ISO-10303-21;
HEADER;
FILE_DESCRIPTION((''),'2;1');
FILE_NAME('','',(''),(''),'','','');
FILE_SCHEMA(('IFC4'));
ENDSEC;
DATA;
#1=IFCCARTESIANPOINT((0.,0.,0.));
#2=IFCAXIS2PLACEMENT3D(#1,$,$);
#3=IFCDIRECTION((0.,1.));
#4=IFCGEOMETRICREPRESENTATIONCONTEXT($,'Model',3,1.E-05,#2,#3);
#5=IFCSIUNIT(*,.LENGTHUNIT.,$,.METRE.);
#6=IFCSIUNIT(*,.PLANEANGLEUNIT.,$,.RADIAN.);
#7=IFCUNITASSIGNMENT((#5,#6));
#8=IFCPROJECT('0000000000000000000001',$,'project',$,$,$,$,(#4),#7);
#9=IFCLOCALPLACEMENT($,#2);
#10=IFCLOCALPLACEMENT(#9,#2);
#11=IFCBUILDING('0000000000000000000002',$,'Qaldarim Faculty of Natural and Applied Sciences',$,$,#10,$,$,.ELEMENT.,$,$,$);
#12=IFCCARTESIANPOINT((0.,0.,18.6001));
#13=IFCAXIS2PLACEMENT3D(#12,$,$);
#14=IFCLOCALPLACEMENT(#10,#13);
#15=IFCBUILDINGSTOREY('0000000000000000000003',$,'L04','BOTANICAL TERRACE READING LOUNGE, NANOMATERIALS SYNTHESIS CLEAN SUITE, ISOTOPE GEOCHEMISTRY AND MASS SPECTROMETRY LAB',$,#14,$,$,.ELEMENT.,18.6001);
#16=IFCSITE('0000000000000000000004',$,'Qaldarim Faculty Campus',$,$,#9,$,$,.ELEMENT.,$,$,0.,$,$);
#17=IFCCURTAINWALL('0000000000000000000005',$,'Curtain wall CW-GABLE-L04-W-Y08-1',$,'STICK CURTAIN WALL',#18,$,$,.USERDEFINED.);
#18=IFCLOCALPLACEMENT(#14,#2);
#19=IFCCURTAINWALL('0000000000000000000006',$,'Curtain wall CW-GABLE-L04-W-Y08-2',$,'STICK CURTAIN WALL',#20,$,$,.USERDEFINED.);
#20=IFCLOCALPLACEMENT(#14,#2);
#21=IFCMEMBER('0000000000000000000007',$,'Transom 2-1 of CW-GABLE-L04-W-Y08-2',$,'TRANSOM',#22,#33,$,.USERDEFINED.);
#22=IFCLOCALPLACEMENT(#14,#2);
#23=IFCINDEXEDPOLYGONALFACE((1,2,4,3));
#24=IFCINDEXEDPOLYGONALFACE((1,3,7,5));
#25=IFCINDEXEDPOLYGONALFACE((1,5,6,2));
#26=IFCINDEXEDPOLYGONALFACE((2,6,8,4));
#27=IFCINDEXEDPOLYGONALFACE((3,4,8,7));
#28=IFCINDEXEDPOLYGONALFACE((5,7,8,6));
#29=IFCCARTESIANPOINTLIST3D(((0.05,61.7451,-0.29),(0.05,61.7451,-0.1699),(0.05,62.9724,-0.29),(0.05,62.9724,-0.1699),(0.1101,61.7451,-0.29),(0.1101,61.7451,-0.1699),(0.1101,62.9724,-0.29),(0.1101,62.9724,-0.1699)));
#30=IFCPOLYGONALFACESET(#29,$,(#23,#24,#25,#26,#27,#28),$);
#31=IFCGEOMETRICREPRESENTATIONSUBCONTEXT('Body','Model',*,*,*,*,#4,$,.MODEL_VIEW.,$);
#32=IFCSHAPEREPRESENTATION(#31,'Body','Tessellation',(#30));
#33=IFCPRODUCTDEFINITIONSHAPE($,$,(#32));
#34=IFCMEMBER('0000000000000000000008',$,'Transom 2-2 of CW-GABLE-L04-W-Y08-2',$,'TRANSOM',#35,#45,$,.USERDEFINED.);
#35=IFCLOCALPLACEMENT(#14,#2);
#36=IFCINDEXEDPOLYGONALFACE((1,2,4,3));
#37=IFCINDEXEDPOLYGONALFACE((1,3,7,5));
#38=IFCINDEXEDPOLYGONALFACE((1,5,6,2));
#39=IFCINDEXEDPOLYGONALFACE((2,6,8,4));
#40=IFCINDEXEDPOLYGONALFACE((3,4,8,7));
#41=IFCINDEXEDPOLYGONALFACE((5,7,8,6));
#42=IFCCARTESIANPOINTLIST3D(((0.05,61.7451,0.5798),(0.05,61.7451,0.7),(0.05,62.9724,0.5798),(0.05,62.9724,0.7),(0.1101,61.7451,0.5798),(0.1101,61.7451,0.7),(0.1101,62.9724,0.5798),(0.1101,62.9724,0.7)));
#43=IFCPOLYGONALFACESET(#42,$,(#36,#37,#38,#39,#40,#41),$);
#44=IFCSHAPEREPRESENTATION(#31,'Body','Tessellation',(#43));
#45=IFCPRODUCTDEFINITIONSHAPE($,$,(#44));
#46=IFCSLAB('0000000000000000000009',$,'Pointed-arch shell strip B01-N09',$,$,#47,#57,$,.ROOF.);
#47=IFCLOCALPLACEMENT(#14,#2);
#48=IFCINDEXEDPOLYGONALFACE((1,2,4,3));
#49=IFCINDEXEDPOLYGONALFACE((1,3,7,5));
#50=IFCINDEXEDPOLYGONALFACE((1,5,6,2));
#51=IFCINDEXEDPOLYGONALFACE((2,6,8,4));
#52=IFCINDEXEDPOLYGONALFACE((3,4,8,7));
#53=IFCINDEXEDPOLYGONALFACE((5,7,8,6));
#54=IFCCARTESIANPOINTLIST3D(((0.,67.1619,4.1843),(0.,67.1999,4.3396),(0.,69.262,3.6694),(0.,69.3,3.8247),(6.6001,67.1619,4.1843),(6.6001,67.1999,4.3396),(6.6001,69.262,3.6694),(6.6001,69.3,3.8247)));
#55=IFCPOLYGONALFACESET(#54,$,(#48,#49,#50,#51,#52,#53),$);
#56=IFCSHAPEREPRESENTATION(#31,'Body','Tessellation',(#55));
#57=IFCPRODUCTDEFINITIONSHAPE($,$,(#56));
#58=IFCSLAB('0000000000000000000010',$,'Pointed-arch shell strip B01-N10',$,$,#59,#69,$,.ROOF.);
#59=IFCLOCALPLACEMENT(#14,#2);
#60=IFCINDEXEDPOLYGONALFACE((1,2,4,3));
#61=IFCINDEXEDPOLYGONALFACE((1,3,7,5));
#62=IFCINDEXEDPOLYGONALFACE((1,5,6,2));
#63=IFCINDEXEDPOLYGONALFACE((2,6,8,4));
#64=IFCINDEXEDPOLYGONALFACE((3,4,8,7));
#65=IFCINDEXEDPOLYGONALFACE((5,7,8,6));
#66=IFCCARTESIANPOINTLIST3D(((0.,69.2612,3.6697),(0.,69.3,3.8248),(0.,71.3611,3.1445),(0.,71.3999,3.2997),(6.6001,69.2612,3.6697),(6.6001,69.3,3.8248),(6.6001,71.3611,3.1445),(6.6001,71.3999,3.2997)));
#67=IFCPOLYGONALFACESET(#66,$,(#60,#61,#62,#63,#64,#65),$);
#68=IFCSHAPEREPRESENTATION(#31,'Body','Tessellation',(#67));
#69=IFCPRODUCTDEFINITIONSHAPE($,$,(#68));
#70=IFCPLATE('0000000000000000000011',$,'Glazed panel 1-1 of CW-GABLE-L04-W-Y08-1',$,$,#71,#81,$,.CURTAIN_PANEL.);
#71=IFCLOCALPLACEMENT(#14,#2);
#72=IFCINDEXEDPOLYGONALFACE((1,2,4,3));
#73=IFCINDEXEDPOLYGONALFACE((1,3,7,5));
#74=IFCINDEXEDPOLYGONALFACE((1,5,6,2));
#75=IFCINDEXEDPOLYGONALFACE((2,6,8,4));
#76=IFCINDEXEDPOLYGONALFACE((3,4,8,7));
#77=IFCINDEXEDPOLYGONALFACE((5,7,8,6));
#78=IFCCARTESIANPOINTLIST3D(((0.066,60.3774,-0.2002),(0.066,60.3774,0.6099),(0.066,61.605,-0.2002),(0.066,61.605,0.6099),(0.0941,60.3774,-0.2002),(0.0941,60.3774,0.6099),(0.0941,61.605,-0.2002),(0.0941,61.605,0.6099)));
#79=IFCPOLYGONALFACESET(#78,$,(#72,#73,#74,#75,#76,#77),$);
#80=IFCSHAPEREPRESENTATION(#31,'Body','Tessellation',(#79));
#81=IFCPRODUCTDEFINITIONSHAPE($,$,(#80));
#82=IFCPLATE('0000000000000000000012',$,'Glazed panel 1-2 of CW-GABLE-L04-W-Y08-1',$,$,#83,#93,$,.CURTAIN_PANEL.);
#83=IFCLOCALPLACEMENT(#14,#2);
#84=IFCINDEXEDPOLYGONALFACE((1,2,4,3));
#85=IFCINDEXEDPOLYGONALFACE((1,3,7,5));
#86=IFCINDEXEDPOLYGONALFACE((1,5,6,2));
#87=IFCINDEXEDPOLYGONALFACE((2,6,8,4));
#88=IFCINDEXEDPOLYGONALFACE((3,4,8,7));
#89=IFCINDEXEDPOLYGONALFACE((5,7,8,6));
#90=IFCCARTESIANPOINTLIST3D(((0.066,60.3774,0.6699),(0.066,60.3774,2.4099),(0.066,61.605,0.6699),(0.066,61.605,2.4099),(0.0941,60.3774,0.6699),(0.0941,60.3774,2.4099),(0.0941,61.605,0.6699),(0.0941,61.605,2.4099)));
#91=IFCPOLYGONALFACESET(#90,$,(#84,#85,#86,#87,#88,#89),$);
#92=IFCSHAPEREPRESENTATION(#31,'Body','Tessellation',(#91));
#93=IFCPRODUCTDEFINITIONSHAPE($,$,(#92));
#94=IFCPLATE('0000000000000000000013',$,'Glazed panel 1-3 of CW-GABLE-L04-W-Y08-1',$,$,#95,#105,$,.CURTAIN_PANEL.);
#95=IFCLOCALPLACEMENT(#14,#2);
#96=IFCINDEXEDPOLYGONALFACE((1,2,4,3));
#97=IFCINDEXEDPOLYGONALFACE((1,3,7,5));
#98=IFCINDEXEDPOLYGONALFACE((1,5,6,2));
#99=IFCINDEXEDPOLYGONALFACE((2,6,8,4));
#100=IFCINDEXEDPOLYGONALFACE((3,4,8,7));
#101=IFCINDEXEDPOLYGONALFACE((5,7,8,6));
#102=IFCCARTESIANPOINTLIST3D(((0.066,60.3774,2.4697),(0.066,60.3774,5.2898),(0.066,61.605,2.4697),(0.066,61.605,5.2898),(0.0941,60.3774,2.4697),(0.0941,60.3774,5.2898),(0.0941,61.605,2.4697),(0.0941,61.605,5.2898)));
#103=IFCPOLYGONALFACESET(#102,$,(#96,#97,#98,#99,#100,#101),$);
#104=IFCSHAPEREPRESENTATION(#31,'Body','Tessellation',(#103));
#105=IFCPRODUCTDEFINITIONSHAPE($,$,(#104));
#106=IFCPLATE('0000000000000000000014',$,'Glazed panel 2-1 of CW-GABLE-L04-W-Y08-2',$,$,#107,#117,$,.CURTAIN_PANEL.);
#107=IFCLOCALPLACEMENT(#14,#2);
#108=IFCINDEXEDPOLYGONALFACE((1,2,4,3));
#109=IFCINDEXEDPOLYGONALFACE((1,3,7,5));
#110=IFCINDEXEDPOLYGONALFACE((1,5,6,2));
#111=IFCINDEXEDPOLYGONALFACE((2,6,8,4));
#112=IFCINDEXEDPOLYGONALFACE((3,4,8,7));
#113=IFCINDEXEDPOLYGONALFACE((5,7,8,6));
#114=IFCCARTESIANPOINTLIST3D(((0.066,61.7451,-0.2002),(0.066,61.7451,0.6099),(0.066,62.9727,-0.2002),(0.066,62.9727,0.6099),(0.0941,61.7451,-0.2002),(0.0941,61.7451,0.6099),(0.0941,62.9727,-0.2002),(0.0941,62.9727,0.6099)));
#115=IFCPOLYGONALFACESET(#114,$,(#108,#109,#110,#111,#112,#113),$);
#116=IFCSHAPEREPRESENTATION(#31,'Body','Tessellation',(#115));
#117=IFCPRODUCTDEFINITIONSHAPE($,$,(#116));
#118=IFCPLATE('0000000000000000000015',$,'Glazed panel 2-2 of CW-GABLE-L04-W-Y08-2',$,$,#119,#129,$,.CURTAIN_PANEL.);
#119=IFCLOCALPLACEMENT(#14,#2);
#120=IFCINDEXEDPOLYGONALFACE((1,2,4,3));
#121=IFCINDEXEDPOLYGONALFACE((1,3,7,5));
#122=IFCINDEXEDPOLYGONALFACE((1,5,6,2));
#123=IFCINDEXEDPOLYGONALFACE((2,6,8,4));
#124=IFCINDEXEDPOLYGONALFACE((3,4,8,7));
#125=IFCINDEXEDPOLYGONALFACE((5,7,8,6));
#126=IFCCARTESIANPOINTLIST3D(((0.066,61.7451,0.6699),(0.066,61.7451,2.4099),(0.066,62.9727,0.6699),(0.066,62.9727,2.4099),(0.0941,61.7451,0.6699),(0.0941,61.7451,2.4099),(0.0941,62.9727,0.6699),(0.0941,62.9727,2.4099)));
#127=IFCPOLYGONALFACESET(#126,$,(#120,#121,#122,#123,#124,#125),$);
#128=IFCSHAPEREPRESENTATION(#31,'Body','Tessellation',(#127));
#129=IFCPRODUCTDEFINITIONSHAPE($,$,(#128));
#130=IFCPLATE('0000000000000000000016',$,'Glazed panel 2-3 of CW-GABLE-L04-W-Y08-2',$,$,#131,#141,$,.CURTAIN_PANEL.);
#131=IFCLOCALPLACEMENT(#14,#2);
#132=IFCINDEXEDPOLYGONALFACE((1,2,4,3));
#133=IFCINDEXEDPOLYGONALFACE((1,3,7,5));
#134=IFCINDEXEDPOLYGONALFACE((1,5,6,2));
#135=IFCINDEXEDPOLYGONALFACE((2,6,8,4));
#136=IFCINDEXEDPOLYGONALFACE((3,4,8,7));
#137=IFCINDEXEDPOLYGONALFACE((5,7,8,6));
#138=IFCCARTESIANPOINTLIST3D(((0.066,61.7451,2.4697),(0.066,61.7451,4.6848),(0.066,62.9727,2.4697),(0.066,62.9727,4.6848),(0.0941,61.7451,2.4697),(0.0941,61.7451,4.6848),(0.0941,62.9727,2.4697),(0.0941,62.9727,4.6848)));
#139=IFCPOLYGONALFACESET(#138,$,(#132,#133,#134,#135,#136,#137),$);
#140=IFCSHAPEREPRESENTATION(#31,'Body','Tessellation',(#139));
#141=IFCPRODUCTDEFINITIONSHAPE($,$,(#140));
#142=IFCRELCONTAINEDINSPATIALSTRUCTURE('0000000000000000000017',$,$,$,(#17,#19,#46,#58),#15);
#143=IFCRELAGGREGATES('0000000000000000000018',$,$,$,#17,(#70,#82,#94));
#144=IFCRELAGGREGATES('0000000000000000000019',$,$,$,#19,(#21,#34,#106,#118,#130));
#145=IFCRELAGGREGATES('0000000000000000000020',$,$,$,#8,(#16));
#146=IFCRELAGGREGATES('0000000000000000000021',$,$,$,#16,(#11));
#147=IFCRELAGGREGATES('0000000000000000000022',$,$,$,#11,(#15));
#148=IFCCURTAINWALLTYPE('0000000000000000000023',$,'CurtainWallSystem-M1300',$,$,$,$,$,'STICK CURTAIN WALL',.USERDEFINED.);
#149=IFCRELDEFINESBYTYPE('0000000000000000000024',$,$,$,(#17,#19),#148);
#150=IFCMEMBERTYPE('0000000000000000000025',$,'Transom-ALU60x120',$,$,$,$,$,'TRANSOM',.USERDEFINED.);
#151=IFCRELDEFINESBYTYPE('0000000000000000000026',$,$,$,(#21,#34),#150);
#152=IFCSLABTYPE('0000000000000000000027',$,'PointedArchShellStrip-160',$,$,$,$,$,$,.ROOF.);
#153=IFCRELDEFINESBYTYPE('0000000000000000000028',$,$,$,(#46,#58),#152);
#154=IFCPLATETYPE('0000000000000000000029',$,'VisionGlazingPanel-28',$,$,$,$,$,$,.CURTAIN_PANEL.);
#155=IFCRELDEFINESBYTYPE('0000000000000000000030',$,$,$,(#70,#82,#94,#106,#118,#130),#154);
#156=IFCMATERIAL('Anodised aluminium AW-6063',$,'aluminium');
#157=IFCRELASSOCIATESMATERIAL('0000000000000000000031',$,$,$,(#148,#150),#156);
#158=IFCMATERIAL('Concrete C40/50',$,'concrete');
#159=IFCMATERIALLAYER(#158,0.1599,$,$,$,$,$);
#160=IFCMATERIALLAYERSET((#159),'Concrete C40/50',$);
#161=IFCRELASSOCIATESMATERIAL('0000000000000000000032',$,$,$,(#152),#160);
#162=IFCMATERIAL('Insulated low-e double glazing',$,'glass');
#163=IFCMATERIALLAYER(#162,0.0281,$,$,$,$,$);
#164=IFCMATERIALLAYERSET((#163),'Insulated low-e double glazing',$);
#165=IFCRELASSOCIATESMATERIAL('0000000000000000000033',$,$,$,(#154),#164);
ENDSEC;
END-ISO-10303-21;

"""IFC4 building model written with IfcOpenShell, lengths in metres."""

from ifc_helpers import new_model, si_unit, direction, frame, origin, origin_2d, place, context, subcontext, project, spatial, polyline, rectangle, outline, extrude, material, layer, layer_set, material_profile, profile_set, type_object, element, aggregate, save


model = new_model("IFC4")

# Units and contexts
model_context = context("Model", 3, precision=1e-05, world=origin(), true_north=direction((0.0, 1.0)))
body_context = subcontext(model_context, "Body", "Model", "MODEL_VIEW")
ifc_project = project(units=[si_unit("LENGTHUNIT", "METRE"), si_unit("PLANEANGLEUNIT", "RADIAN")], contexts=[model_context])

# Site, building, storey
site_placement = place(None, origin())
site = spatial("IfcSite", under=ifc_project, at=site_placement, Name="Qaldarim Faculty Campus", CompositionType="ELEMENT", RefElevation=0.0)
building_placement = place(site_placement, origin())
building = spatial("IfcBuilding", under=site, at=building_placement, Name="Qaldarim Faculty of Natural and Applied Sciences", CompositionType="ELEMENT")
storey_placement = place(building_placement, frame((0.0, 0.0, 18.6001)))
storey = spatial("IfcBuildingStorey", under=building, at=storey_placement, Name="L04", Description="BOTANICAL TERRACE READING LOUNGE, NANOMATERIALS SYNTHESIS CLEAN SUITE, ISOTOPE GEOCHEMISTRY AND MASS SPECTROMETRY LAB", CompositionType="ELEMENT", Elevation=18.6001)

# Shared definitions
ifc_material_1 = material(Name="Concrete C40/50", Category="concrete")

# Curtain wall
ifc_material_2 = material(Name="Anodised aluminium AW-6063", Category="aluminium")
curtain_wall_type = type_object("IfcCurtainWallType", Name="CurtainWallSystem-M1300", ElementType="STICK CURTAIN WALL", PredefinedType="USERDEFINED", material=ifc_material_2)
curtain_wall_1_placement = place(storey_placement, origin())
curtain_wall_1 = element("IfcCurtainWall", 1, at=curtain_wall_1_placement, inside=storey, type_object=curtain_wall_type, Name="Curtain wall CW-GABLE-L04-W-Y08-1", ObjectType="STICK CURTAIN WALL", PredefinedType="USERDEFINED")

# Curtain wall
curtain_wall_2_placement = place(storey_placement, origin())
curtain_wall_2 = element("IfcCurtainWall", 2, at=curtain_wall_2_placement, inside=storey, type_object=curtain_wall_type, Name="Curtain wall CW-GABLE-L04-W-Y08-2", ObjectType="STICK CURTAIN WALL", PredefinedType="USERDEFINED")

# Members
ifc_material_profile_1 = material_profile(ifc_material_2, rectangle(XDim=0.0601, YDim=0.1201, at=origin_2d()), Name="ALU-T60x120")
ifc_profile_set_1 = profile_set([ifc_material_profile_1], Name="Anodised aluminium AW-6063")
member_type_1 = type_object("IfcMemberType", Name="Transom-ALU60x120", ElementType="TRANSOM", PredefinedType="USERDEFINED", material=ifc_profile_set_1)
member_1_placement = place(storey_placement, frame((0.0801, 62.9724, -0.23), z_axis=(0.0, -1.0, 0.0), x_axis=(1.0, 0.0, 0.0)))
member_1 = element("IfcMember", 3, at=member_1_placement, type_object=member_type_1, Name="Transom 2-1 of CW-GABLE-L04-W-Y08-2", ObjectType="TRANSOM", PredefinedType="USERDEFINED", context=body_context, shape_type="SweptSolid", body=[
    extrude(rectangle(XDim=0.0601, YDim=0.1201, at=origin_2d()), origin(), (0.0, 0.0, 1.0), 1.2273),
])
member_2_placement = place(storey_placement, frame((0.0801, 62.9724, 0.6399), z_axis=(0.0, -1.0, 0.0), x_axis=(1.0, 0.0, 0.0)))
member_2 = element("IfcMember", 4, at=member_2_placement, type_object=member_type_1, Name="Transom 2-2 of CW-GABLE-L04-W-Y08-2", ObjectType="TRANSOM", PredefinedType="USERDEFINED", context=body_context, shape_type="SweptSolid", body=[
    extrude(rectangle(XDim=0.0601, YDim=0.1201, at=origin_2d()), origin(), (0.0, 0.0, 1.0), 1.2273),
])

# Slabs
ifc_layer_1 = layer(ifc_material_1, 0.1599)
ifc_layer_set_1 = layer_set([ifc_layer_1], Name="Concrete C40/50")
slab_type = type_object("IfcSlabType", Name="PointedArchShellStrip-160", PredefinedType="ROOF", material=ifc_layer_set_1)
slab_1_placement = place(storey_placement, frame((0.0, 67.1619, 4.1843), z_axis=(0.0, 0.238123, 0.971235), x_axis=(1.0, 0.0, 0.0)))
element("IfcSlab", 5, at=slab_1_placement, inside=storey, type_object=slab_type, Name="Pointed-arch shell strip B01-N09", PredefinedType="ROOF", context=body_context, shape_type="SweptSolid", body=[
    extrude(outline(polyline([(0.0, 0.0), (6.6001, 0.0), (6.6001, 2.1623), (0.0, 2.1623), (0.0, 0.0)])), origin(), (0.0, 0.0, 1.0), 0.1599),
])
slab_2_placement = place(storey_placement, frame((0.0, 69.2612, 3.6697), z_axis=(0.0, 0.242615, 0.970123), x_axis=(1.0, 0.0, 0.0)))
element("IfcSlab", 6, at=slab_2_placement, inside=storey, type_object=slab_type, Name="Pointed-arch shell strip B01-N10", PredefinedType="ROOF", context=body_context, shape_type="SweptSolid", body=[
    extrude(outline(polyline([(0.0, 0.0), (6.6001, 0.0), (6.6001, 2.1645), (0.0, 2.1645), (0.0, 0.0)])), origin(), (0.0, 0.0, 1.0), 0.1599),
])

# Plates
ifc_material_3 = material(Name="Insulated low-e double glazing", Category="glass")
ifc_layer_2 = layer(ifc_material_3, 0.0281)
ifc_layer_set_2 = layer_set([ifc_layer_2], Name="Insulated low-e double glazing")
plate_type = type_object("IfcPlateType", Name="VisionGlazingPanel-28", PredefinedType="CURTAIN_PANEL", material=ifc_layer_set_2)
plate_1_placement = place(storey_placement, frame((0.0801, 60.9912, -0.2002), z_axis=(0.0, 0.0, 1.0), x_axis=(0.0, -1.0, 0.0)))
plate_1 = element("IfcPlate", 7, at=plate_1_placement, type_object=plate_type, Name="Glazed panel 1-1 of CW-GABLE-L04-W-Y08-1", PredefinedType="CURTAIN_PANEL", context=body_context, shape_type="SweptSolid", body=[
    extrude(rectangle(XDim=1.2275, YDim=0.0281, at=origin_2d()), origin(), (0.0, 0.0, 1.0), 0.8101),
])
plate_2_placement = place(storey_placement, frame((0.0801, 60.9912, 0.6699), z_axis=(0.0, 0.0, 1.0), x_axis=(0.0, -1.0, 0.0)))
plate_2 = element("IfcPlate", 8, at=plate_2_placement, type_object=plate_type, Name="Glazed panel 1-2 of CW-GABLE-L04-W-Y08-1", PredefinedType="CURTAIN_PANEL", context=body_context, shape_type="SweptSolid", body=[
    extrude(rectangle(XDim=1.2275, YDim=0.0281, at=origin_2d()), origin(), (0.0, 0.0, 1.0), 1.74),
])
plate_3_placement = place(storey_placement, frame((0.0801, 60.9912, 2.4697), z_axis=(0.0, 0.0, 1.0), x_axis=(0.0, -1.0, 0.0)))
plate_3 = element("IfcPlate", 9, at=plate_3_placement, type_object=plate_type, Name="Glazed panel 1-3 of CW-GABLE-L04-W-Y08-1", PredefinedType="CURTAIN_PANEL", context=body_context, shape_type="SweptSolid", body=[
    extrude(rectangle(XDim=1.2275, YDim=0.0281, at=origin_2d()), origin(), (0.0, 0.0, 1.0), 2.8201),
])
aggregate(curtain_wall_1, [plate_1, plate_2, plate_3])
plate_4_placement = place(storey_placement, frame((0.0801, 62.3589, -0.2002), z_axis=(0.0, 0.0, 1.0), x_axis=(0.0, -1.0, 0.0)))
plate_4 = element("IfcPlate", 10, at=plate_4_placement, type_object=plate_type, Name="Glazed panel 2-1 of CW-GABLE-L04-W-Y08-2", PredefinedType="CURTAIN_PANEL", context=body_context, shape_type="SweptSolid", body=[
    extrude(rectangle(XDim=1.2275, YDim=0.0281, at=origin_2d()), origin(), (0.0, 0.0, 1.0), 0.8101),
])
plate_5_placement = place(storey_placement, frame((0.0801, 62.3589, 0.6699), z_axis=(0.0, 0.0, 1.0), x_axis=(0.0, -1.0, 0.0)))
plate_5 = element("IfcPlate", 11, at=plate_5_placement, type_object=plate_type, Name="Glazed panel 2-2 of CW-GABLE-L04-W-Y08-2", PredefinedType="CURTAIN_PANEL", context=body_context, shape_type="SweptSolid", body=[
    extrude(rectangle(XDim=1.2275, YDim=0.0281, at=origin_2d()), origin(), (0.0, 0.0, 1.0), 1.74),
])
plate_6_placement = place(storey_placement, frame((0.0801, 62.3589, 2.4697), z_axis=(0.0, 0.0, 1.0), x_axis=(0.0, -1.0, 0.0)))
plate_6 = element("IfcPlate", 12, at=plate_6_placement, type_object=plate_type, Name="Glazed panel 2-3 of CW-GABLE-L04-W-Y08-2", PredefinedType="CURTAIN_PANEL", context=body_context, shape_type="SweptSolid", body=[
    extrude(rectangle(XDim=1.2275, YDim=0.0281, at=origin_2d()), origin(), (0.0, 0.0, 1.0), 2.2151),
])
aggregate(curtain_wall_2, [member_1, member_2, plate_4, plate_5, plate_6])

save(model, "model.ifc")
